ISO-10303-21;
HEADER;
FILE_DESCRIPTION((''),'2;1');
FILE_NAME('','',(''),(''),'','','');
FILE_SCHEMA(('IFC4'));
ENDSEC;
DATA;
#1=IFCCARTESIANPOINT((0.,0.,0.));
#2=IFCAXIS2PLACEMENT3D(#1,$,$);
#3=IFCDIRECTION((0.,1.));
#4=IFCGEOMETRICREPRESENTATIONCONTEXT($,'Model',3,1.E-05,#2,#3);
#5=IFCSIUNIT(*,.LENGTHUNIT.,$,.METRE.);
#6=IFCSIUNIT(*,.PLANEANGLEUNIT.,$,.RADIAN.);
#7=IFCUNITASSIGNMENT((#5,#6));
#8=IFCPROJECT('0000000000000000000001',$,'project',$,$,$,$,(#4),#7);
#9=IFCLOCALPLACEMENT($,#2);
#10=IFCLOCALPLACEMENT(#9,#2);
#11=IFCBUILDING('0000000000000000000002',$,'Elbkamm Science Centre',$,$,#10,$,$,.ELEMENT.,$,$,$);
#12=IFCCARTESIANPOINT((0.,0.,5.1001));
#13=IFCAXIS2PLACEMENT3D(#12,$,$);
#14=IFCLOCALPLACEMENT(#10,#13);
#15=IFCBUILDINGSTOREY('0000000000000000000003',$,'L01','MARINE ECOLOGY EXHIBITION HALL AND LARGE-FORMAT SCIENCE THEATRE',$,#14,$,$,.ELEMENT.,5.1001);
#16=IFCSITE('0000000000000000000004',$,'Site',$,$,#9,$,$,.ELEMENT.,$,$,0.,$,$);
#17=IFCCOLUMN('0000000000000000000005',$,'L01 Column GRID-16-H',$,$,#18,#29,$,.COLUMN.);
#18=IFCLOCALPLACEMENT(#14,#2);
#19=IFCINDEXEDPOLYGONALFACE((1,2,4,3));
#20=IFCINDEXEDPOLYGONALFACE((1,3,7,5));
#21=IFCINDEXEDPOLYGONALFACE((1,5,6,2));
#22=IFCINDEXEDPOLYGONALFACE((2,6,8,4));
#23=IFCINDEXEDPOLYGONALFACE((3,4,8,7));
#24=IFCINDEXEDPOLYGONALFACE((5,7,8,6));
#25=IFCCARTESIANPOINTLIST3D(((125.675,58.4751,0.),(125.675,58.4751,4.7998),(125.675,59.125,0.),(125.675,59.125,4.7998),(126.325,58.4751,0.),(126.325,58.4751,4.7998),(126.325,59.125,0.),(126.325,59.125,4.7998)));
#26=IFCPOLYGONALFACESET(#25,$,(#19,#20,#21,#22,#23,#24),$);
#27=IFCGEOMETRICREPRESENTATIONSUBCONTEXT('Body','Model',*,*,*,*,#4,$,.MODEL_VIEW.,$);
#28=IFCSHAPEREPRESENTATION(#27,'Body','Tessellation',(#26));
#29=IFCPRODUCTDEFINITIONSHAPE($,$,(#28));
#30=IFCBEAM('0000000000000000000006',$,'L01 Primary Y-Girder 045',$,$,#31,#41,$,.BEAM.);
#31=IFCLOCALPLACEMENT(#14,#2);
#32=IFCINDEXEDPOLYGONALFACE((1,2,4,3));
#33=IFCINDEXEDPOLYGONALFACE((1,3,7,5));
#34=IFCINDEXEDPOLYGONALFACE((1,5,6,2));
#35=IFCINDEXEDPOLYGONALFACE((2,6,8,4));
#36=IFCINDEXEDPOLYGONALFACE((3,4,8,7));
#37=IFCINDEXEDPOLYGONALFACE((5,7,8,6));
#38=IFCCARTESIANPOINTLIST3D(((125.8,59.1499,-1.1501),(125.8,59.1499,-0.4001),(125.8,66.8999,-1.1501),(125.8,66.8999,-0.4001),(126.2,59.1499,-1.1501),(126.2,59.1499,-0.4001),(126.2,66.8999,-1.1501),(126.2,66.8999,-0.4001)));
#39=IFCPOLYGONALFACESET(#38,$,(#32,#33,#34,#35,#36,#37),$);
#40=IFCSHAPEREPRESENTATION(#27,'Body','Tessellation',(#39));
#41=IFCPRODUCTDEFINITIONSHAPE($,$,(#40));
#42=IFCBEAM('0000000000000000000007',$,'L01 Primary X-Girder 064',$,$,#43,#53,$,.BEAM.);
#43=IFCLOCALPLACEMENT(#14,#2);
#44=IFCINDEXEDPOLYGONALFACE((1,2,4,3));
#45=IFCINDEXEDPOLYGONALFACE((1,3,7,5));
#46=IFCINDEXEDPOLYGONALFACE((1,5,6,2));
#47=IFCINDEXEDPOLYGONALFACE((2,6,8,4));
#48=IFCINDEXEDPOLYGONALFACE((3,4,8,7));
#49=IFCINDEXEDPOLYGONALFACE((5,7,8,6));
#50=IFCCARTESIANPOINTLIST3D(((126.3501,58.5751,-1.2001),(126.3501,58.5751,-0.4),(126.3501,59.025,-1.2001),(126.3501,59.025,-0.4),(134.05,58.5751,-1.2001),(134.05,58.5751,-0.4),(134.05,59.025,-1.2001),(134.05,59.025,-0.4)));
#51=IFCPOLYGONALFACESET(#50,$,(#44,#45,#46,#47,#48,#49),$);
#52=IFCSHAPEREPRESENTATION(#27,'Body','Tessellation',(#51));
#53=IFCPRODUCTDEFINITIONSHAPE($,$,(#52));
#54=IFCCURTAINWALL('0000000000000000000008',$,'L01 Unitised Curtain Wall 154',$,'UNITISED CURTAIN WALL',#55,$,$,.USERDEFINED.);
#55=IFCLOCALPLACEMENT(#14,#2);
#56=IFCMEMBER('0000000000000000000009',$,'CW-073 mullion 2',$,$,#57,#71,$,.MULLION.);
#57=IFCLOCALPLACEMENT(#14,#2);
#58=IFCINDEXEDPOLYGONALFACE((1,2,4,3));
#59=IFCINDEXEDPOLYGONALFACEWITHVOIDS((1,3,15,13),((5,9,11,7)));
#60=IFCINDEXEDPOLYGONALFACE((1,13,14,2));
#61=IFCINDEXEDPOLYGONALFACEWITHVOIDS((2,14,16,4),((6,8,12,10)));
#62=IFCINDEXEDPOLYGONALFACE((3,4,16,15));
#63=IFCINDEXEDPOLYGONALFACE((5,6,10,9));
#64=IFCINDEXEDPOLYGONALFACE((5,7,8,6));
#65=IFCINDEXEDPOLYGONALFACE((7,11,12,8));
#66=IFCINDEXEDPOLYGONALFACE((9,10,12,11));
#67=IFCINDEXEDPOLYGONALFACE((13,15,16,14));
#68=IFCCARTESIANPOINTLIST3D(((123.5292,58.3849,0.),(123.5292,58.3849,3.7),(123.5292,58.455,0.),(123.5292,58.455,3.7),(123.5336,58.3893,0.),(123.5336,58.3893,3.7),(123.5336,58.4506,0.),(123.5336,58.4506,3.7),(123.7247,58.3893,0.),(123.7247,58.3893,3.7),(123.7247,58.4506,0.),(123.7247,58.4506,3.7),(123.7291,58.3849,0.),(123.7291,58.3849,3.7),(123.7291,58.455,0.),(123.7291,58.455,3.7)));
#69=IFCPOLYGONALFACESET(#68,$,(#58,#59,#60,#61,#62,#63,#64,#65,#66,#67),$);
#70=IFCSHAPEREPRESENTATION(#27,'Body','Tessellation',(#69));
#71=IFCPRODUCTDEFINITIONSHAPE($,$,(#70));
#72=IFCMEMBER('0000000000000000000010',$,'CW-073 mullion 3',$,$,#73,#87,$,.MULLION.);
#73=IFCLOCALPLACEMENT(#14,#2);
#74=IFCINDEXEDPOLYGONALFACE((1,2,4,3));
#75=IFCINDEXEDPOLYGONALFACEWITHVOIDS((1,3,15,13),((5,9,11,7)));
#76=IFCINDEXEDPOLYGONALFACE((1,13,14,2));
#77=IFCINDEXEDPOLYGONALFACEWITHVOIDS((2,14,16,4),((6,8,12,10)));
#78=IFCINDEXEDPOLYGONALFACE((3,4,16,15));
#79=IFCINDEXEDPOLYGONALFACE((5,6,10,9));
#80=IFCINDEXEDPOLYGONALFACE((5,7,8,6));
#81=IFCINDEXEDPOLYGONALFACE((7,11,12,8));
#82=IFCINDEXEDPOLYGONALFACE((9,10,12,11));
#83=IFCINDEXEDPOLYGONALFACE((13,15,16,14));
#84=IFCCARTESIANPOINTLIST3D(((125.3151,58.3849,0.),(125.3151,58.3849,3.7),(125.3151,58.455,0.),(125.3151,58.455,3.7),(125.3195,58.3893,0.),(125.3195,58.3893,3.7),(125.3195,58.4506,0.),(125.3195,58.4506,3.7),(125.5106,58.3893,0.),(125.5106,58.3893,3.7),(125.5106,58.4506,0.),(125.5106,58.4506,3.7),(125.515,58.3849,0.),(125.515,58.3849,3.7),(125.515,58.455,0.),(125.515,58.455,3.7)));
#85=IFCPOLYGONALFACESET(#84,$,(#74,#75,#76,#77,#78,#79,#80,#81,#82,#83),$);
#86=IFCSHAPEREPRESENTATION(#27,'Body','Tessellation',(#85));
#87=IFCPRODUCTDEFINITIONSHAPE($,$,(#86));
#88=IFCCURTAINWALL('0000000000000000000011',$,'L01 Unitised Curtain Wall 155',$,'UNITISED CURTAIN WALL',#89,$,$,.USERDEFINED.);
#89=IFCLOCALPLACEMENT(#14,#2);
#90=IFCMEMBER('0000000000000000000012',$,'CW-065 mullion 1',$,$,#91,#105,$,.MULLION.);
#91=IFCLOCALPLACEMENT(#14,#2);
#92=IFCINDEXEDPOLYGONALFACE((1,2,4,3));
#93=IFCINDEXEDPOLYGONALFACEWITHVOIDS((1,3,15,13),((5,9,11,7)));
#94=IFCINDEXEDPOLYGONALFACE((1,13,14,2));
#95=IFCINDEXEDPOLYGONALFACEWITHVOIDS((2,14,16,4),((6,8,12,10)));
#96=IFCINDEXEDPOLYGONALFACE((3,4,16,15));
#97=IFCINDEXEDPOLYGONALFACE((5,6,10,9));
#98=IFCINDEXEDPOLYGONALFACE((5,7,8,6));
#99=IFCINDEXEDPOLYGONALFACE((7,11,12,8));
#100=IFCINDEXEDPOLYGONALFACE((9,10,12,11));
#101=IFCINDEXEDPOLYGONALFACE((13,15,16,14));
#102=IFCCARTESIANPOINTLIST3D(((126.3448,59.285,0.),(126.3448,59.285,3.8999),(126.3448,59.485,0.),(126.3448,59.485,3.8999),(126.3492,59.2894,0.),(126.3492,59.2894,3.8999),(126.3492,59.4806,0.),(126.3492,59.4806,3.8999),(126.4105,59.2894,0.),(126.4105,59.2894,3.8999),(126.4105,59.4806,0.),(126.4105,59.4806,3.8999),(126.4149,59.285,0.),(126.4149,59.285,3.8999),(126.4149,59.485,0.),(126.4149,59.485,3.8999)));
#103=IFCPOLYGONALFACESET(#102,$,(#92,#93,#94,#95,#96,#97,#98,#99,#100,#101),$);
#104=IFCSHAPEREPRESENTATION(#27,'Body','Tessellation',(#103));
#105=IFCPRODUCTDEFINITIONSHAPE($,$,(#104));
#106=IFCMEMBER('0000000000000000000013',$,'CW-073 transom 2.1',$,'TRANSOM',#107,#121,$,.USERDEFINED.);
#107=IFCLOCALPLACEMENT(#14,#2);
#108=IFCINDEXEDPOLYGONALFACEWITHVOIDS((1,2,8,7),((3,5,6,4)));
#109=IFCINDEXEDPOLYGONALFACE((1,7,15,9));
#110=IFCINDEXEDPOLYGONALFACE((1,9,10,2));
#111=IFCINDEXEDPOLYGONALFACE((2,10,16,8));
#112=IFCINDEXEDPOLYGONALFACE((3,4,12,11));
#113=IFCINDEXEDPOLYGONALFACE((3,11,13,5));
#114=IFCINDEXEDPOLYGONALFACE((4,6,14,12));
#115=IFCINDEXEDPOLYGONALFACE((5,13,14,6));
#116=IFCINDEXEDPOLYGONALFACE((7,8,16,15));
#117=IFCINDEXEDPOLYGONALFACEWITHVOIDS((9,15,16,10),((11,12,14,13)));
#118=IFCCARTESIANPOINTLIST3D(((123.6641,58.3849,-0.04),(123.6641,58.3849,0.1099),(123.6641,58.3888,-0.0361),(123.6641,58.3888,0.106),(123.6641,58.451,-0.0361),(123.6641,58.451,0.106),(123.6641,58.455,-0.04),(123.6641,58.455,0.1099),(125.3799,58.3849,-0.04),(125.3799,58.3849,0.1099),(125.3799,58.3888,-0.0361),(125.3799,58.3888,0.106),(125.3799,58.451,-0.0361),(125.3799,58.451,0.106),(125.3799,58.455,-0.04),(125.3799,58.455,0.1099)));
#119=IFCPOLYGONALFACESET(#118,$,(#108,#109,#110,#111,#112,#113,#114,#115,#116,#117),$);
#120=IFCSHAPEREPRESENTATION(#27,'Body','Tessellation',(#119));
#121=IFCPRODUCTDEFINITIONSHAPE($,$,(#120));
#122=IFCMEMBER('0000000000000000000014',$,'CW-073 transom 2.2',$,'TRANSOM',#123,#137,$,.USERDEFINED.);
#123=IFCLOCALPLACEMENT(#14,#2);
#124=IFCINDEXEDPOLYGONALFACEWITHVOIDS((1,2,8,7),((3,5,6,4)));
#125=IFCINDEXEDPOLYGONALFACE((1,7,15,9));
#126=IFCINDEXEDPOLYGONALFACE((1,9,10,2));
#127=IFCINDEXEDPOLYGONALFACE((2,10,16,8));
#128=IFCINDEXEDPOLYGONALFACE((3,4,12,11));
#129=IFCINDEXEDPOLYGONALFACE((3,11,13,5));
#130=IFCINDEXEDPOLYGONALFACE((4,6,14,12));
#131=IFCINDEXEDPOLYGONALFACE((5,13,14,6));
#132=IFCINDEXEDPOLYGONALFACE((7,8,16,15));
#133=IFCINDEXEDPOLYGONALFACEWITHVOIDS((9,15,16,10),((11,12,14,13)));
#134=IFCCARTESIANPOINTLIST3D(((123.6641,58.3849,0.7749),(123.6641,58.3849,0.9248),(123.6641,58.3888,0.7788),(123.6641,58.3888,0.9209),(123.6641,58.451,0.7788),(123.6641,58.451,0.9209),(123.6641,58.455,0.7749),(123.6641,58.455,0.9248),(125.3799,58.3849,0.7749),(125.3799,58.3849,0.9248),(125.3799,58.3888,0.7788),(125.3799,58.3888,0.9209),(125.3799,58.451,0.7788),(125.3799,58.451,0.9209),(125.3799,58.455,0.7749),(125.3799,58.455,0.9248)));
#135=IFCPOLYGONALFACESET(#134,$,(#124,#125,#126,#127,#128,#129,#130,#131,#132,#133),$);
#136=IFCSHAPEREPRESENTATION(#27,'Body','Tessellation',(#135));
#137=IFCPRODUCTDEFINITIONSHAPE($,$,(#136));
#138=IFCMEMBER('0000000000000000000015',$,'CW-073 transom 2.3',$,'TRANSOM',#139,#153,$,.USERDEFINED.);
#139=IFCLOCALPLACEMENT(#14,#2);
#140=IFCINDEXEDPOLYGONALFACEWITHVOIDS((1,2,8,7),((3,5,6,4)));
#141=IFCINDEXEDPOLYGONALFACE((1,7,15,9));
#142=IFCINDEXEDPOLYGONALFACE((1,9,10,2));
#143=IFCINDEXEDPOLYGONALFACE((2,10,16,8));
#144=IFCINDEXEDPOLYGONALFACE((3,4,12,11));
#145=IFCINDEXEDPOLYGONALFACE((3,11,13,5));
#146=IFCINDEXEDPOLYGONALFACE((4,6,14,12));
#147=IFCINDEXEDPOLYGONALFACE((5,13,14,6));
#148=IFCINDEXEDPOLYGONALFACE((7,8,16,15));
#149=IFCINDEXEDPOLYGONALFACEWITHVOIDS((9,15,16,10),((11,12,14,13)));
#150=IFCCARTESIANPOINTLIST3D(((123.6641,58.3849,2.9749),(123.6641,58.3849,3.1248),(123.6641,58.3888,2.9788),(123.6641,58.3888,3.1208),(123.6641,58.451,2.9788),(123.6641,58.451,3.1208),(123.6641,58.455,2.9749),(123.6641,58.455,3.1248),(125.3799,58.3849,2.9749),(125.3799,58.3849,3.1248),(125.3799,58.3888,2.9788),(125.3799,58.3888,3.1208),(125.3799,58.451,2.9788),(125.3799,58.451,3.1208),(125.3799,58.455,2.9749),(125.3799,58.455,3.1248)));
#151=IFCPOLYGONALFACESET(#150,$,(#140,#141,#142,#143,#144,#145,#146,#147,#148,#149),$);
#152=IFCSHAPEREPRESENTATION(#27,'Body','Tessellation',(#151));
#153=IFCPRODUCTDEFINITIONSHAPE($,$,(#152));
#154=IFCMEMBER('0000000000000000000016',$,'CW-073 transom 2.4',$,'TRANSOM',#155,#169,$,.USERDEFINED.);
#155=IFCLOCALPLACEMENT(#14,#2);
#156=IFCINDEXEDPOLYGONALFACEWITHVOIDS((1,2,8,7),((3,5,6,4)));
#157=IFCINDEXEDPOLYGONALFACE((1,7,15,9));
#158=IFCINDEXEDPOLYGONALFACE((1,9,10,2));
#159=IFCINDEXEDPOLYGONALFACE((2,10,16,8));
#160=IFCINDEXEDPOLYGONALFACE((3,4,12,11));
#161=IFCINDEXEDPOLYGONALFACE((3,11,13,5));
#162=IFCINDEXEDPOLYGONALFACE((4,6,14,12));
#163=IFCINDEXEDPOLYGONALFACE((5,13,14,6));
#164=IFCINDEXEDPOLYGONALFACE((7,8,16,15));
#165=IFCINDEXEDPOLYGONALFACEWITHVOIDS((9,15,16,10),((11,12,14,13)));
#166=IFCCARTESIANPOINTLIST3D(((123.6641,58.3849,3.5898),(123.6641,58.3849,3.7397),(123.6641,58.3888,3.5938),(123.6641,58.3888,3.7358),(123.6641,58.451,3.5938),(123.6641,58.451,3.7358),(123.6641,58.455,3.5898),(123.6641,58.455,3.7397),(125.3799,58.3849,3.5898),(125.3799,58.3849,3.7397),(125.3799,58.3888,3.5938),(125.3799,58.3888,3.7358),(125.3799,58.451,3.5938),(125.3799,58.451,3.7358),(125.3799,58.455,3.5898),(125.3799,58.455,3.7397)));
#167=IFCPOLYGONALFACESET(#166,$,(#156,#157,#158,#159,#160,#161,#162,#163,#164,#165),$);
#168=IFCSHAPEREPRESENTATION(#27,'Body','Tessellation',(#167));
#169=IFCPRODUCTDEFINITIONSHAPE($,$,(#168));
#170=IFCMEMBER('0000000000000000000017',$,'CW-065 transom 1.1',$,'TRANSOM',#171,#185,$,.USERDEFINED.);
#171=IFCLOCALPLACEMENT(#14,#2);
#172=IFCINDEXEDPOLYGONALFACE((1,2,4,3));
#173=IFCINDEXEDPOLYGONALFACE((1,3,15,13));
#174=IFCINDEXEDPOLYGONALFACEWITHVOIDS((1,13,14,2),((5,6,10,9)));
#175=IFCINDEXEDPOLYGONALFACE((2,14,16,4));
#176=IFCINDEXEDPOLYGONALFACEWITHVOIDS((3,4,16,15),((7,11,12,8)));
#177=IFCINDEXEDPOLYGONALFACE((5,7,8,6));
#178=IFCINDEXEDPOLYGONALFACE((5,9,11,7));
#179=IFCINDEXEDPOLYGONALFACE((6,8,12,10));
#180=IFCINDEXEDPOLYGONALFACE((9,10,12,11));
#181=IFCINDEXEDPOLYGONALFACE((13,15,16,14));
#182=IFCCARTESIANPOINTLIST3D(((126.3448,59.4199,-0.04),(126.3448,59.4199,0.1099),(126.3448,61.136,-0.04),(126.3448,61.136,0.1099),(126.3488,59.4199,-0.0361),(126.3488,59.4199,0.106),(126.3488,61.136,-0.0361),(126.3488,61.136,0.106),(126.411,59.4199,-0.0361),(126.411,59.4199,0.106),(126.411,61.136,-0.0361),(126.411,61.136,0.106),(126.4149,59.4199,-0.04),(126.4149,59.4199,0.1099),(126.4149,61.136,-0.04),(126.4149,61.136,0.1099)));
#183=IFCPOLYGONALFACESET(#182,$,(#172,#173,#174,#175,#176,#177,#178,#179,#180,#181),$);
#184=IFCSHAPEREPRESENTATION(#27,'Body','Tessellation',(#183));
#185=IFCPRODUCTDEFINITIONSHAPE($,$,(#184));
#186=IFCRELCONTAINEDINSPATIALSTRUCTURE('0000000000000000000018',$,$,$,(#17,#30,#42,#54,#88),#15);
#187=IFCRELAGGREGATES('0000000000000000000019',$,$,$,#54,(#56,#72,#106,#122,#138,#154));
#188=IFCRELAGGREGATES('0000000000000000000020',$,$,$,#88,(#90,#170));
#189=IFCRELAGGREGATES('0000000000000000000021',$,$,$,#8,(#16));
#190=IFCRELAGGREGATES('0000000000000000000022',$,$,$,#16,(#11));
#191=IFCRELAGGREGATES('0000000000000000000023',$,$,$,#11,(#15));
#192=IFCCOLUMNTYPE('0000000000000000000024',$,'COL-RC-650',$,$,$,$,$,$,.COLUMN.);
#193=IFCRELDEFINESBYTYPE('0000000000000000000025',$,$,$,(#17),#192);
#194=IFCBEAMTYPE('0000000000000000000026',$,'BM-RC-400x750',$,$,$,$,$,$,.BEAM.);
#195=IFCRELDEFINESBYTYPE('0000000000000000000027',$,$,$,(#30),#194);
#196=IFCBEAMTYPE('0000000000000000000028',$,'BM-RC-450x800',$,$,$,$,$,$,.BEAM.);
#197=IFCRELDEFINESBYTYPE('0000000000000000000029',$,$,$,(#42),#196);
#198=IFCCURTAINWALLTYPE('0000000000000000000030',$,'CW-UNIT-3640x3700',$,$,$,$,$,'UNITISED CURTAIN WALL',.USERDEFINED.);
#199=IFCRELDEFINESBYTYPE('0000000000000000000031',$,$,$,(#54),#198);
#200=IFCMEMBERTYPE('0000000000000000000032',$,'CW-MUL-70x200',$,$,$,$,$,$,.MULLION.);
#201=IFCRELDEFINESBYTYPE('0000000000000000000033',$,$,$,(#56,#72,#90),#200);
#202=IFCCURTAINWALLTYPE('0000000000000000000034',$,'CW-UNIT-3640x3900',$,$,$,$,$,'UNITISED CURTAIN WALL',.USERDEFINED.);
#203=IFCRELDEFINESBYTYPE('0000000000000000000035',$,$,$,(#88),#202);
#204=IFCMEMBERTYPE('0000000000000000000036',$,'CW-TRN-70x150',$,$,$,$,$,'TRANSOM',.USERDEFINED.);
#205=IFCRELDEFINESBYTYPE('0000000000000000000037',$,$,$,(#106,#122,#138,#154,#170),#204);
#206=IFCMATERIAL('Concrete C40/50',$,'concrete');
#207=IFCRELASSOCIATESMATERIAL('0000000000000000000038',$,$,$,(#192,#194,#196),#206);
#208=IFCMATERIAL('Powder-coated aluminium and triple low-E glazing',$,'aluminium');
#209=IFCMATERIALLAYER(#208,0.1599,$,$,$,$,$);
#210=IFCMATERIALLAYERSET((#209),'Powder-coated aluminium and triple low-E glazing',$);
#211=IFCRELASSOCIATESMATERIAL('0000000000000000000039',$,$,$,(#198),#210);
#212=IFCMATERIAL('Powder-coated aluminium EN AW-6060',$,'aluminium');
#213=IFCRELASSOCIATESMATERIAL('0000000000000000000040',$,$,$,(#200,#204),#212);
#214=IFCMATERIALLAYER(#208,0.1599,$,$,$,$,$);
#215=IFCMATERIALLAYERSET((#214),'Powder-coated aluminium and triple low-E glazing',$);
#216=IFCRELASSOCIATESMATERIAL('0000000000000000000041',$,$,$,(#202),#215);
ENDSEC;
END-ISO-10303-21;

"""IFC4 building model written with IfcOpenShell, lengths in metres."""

from ifc_helpers import new_model, si_unit, direction, frame, origin, origin_2d, place, context, subcontext, project, spatial, rectangle, hollow_rectangle, extrude, material, layer, layer_set, material_profile, profile_set, type_object, element, aggregate, save


model = new_model("IFC4")

# Units and contexts
model_context = context("Model", 3, precision=1e-05, world=origin(), true_north=direction((0.0, 1.0)))
body_context = subcontext(model_context, "Body", "Model", "MODEL_VIEW")
ifc_project = project(units=[si_unit("LENGTHUNIT", "METRE"), si_unit("PLANEANGLEUNIT", "RADIAN")], contexts=[model_context])

# Site, building, storey
site_placement = place(None, origin())
site = spatial("IfcSite", under=ifc_project, at=site_placement, Name="Site", CompositionType="ELEMENT", RefElevation=0.0)
building_placement = place(site_placement, origin())
building = spatial("IfcBuilding", under=site, at=building_placement, Name="Elbkamm Science Centre", CompositionType="ELEMENT")
storey_placement = place(building_placement, frame((0.0, 0.0, 5.1001)))
storey = spatial("IfcBuildingStorey", under=building, at=storey_placement, Name="L01", Description="MARINE ECOLOGY EXHIBITION HALL AND LARGE-FORMAT SCIENCE THEATRE", CompositionType="ELEMENT", Elevation=5.1001)

# Column
ifc_material_1 = material(Name="Concrete C40/50", Category="concrete")
ifc_material_profile_1 = material_profile(ifc_material_1, rectangle(XDim=0.6499, YDim=0.6499, at=origin_2d()), Name="RC 650x650")
ifc_profile_set_1 = profile_set([ifc_material_profile_1], Name="Concrete C40/50")
column_type = type_object("IfcColumnType", Name="COL-RC-650", PredefinedType="COLUMN", material=ifc_profile_set_1)
column_placement = place(storey_placement, frame((126.0, 58.8, 0.0), z_axis=(0.0, 0.0, 1.0), x_axis=(1.0, 0.0, 0.0)))
element("IfcColumn", 1, at=column_placement, inside=storey, type_object=column_type, Name="L01 Column GRID-16-H", PredefinedType="COLUMN", context=body_context, shape_type="SweptSolid", body=[
    extrude(rectangle(XDim=0.6499, YDim=0.6499, at=origin_2d()), origin(), (0.0, 0.0, 1.0), 4.7998),
])

# Beams
ifc_material_profile_2 = material_profile(ifc_material_1, rectangle(XDim=0.3999, YDim=0.75, at=origin_2d()), Name="RC 400x750")
ifc_profile_set_2 = profile_set([ifc_material_profile_2], Name="Concrete C40/50")
beam_type_1 = type_object("IfcBeamType", Name="BM-RC-400x750", PredefinedType="BEAM", material=ifc_profile_set_2)
beam_1_placement = place(storey_placement, frame((126.0, 59.1499, -0.7751), z_axis=(0.0, 1.0, 0.0), x_axis=(-1.0, 0.0, 0.0)))
element("IfcBeam", 2, at=beam_1_placement, inside=storey, type_object=beam_type_1, Name="L01 Primary Y-Girder 045", PredefinedType="BEAM", context=body_context, shape_type="SweptSolid", body=[
    extrude(rectangle(XDim=0.3999, YDim=0.75, at=origin_2d()), origin(), (0.0, 0.0, 1.0), 7.75),
])
ifc_material_profile_3 = material_profile(ifc_material_1, rectangle(XDim=0.45, YDim=0.8, at=origin_2d()), Name="RC 450x800")
ifc_profile_set_3 = profile_set([ifc_material_profile_3], Name="Concrete C40/50")
beam_type_2 = type_object("IfcBeamType", Name="BM-RC-450x800", PredefinedType="BEAM", material=ifc_profile_set_3)
beam_2_placement = place(storey_placement, frame((126.3501, 58.8, -0.8), z_axis=(1.0, 0.0, 0.0), x_axis=(0.0, 1.0, 0.0)))
element("IfcBeam", 3, at=beam_2_placement, inside=storey, type_object=beam_type_2, Name="L01 Primary X-Girder 064", PredefinedType="BEAM", context=body_context, shape_type="SweptSolid", body=[
    extrude(rectangle(XDim=0.45, YDim=0.8, at=origin_2d()), origin(), (0.0, 0.0, 1.0), 7.7),
])

# Curtain wall, members
ifc_material_2 = material(Name="Powder-coated aluminium and triple low-E glazing", Category="aluminium")
ifc_layer_1 = layer(ifc_material_2, 0.1599)
ifc_layer_set_1 = layer_set([ifc_layer_1], Name="Powder-coated aluminium and triple low-E glazing")
curtain_wall_type_1 = type_object("IfcCurtainWallType", Name="CW-UNIT-3640x3700", ElementType="UNITISED CURTAIN WALL", PredefinedType="USERDEFINED", material=ifc_layer_set_1)
curtain_wall_1_placement = place(storey_placement, origin())
curtain_wall_1 = element("IfcCurtainWall", 4, at=curtain_wall_1_placement, inside=storey, type_object=curtain_wall_type_1, Name="L01 Unitised Curtain Wall 154", ObjectType="UNITISED CURTAIN WALL", PredefinedType="USERDEFINED")
ifc_material_3 = material(Name="Powder-coated aluminium EN AW-6060", Category="aluminium")
ifc_material_profile_4 = material_profile(ifc_material_3, hollow_rectangle(XDim=0.0701, YDim=0.2, WallThickness=0.0044, at=origin_2d()), Name="ALU M70x200")
ifc_profile_set_4 = profile_set([ifc_material_profile_4], Name="Powder-coated aluminium EN AW-6060")
member_type_1 = type_object("IfcMemberType", Name="CW-MUL-70x200", PredefinedType="MULLION", material=ifc_profile_set_4)
member_1_placement = place(storey_placement, frame((123.6292, 58.4199, 0.0), z_axis=(0.0, 0.0, 1.0), x_axis=(0.0, 1.0, 0.0)))
member_1 = element("IfcMember", 5, at=member_1_placement, type_object=member_type_1, Name="CW-073 mullion 2", PredefinedType="MULLION", context=body_context, shape_type="SweptSolid", body=[
    extrude(hollow_rectangle(XDim=0.0701, YDim=0.2, WallThickness=0.0044, at=origin_2d()), origin(), (0.0, 0.0, 1.0), 3.7),
])
member_2_placement = place(storey_placement, frame((125.415, 58.4199, 0.0), z_axis=(0.0, 0.0, 1.0), x_axis=(0.0, 1.0, 0.0)))
member_2 = element("IfcMember", 6, at=member_2_placement, type_object=member_type_1, Name="CW-073 mullion 3", PredefinedType="MULLION", context=body_context, shape_type="SweptSolid", body=[
    extrude(hollow_rectangle(XDim=0.0701, YDim=0.2, WallThickness=0.0044, at=origin_2d()), origin(), (0.0, 0.0, 1.0), 3.7),
])

# Curtain wall, member
ifc_layer_2 = layer(ifc_material_2, 0.1599)
ifc_layer_set_2 = layer_set([ifc_layer_2], Name="Powder-coated aluminium and triple low-E glazing")
curtain_wall_type_2 = type_object("IfcCurtainWallType", Name="CW-UNIT-3640x3900", ElementType="UNITISED CURTAIN WALL", PredefinedType="USERDEFINED", material=ifc_layer_set_2)
curtain_wall_2_placement = place(storey_placement, origin())
curtain_wall_2 = element("IfcCurtainWall", 7, at=curtain_wall_2_placement, inside=storey, type_object=curtain_wall_type_2, Name="L01 Unitised Curtain Wall 155", ObjectType="UNITISED CURTAIN WALL", PredefinedType="USERDEFINED")
member_3_placement = place(storey_placement, frame((126.3799, 59.385, 0.0), z_axis=(0.0, 0.0, 1.0), x_axis=(-1.0, 0.0, 0.0)))
member_3 = element("IfcMember", 8, at=member_3_placement, type_object=member_type_1, Name="CW-065 mullion 1", PredefinedType="MULLION", context=body_context, shape_type="SweptSolid", body=[
    extrude(hollow_rectangle(XDim=0.0701, YDim=0.2, WallThickness=0.0044, at=origin_2d()), origin(), (0.0, 0.0, 1.0), 3.8999),
])

# Members
ifc_material_profile_5 = material_profile(ifc_material_3, hollow_rectangle(XDim=0.0701, YDim=0.1499, WallThickness=0.0039, at=origin_2d()), Name="ALU T70x150")
ifc_profile_set_5 = profile_set([ifc_material_profile_5], Name="Powder-coated aluminium EN AW-6060")
member_type_2 = type_object("IfcMemberType", Name="CW-TRN-70x150", ElementType="TRANSOM", PredefinedType="USERDEFINED", material=ifc_profile_set_5)
member_4_placement = place(storey_placement, frame((123.6641, 58.4199, 0.0349), z_axis=(1.0, 0.0, 0.0), x_axis=(0.0, 1.0, 0.0)))
member_4 = element("IfcMember", 9, at=member_4_placement, type_object=member_type_2, Name="CW-073 transom 2.1", ObjectType="TRANSOM", PredefinedType="USERDEFINED", context=body_context, shape_type="SweptSolid", body=[
    extrude(hollow_rectangle(XDim=0.0701, YDim=0.1499, WallThickness=0.0039, at=origin_2d()), origin(), (0.0, 0.0, 1.0), 1.7158),
])
member_5_placement = place(storey_placement, frame((123.6641, 58.4199, 0.8499), z_axis=(1.0, 0.0, 0.0), x_axis=(0.0, 1.0, 0.0)))
member_5 = element("IfcMember", 10, at=member_5_placement, type_object=member_type_2, Name="CW-073 transom 2.2", ObjectType="TRANSOM", PredefinedType="USERDEFINED", context=body_context, shape_type="SweptSolid", body=[
    extrude(hollow_rectangle(XDim=0.0701, YDim=0.1499, WallThickness=0.0039, at=origin_2d()), origin(), (0.0, 0.0, 1.0), 1.7158),
])
member_6_placement = place(storey_placement, frame((123.6641, 58.4199, 3.0498), z_axis=(1.0, 0.0, 0.0), x_axis=(0.0, 1.0, 0.0)))
member_6 = element("IfcMember", 11, at=member_6_placement, type_object=member_type_2, Name="CW-073 transom 2.3", ObjectType="TRANSOM", PredefinedType="USERDEFINED", context=body_context, shape_type="SweptSolid", body=[
    extrude(hollow_rectangle(XDim=0.0701, YDim=0.1499, WallThickness=0.0039, at=origin_2d()), origin(), (0.0, 0.0, 1.0), 1.7158),
])
member_7_placement = place(storey_placement, frame((123.6641, 58.4199, 3.6648), z_axis=(1.0, 0.0, 0.0), x_axis=(0.0, 1.0, 0.0)))
member_7 = element("IfcMember", 12, at=member_7_placement, type_object=member_type_2, Name="CW-073 transom 2.4", ObjectType="TRANSOM", PredefinedType="USERDEFINED", context=body_context, shape_type="SweptSolid", body=[
    extrude(hollow_rectangle(XDim=0.0701, YDim=0.1499, WallThickness=0.0039, at=origin_2d()), origin(), (0.0, 0.0, 1.0), 1.7158),
])
member_8_placement = place(storey_placement, frame((126.3799, 59.4199, 0.0349), z_axis=(0.0, 1.0, 0.0), x_axis=(-1.0, 0.0, 0.0)))
member_8 = element("IfcMember", 13, at=member_8_placement, type_object=member_type_2, Name="CW-065 transom 1.1", ObjectType="TRANSOM", PredefinedType="USERDEFINED", context=body_context, shape_type="SweptSolid", body=[
    extrude(hollow_rectangle(XDim=0.0701, YDim=0.1499, WallThickness=0.0039, at=origin_2d()), origin(), (0.0, 0.0, 1.0), 1.7161),
])

aggregate(curtain_wall_1, [member_1, member_2, member_4, member_5, member_6, member_7])
aggregate(curtain_wall_2, [member_3, member_8])

save(model, "model.ifc")
